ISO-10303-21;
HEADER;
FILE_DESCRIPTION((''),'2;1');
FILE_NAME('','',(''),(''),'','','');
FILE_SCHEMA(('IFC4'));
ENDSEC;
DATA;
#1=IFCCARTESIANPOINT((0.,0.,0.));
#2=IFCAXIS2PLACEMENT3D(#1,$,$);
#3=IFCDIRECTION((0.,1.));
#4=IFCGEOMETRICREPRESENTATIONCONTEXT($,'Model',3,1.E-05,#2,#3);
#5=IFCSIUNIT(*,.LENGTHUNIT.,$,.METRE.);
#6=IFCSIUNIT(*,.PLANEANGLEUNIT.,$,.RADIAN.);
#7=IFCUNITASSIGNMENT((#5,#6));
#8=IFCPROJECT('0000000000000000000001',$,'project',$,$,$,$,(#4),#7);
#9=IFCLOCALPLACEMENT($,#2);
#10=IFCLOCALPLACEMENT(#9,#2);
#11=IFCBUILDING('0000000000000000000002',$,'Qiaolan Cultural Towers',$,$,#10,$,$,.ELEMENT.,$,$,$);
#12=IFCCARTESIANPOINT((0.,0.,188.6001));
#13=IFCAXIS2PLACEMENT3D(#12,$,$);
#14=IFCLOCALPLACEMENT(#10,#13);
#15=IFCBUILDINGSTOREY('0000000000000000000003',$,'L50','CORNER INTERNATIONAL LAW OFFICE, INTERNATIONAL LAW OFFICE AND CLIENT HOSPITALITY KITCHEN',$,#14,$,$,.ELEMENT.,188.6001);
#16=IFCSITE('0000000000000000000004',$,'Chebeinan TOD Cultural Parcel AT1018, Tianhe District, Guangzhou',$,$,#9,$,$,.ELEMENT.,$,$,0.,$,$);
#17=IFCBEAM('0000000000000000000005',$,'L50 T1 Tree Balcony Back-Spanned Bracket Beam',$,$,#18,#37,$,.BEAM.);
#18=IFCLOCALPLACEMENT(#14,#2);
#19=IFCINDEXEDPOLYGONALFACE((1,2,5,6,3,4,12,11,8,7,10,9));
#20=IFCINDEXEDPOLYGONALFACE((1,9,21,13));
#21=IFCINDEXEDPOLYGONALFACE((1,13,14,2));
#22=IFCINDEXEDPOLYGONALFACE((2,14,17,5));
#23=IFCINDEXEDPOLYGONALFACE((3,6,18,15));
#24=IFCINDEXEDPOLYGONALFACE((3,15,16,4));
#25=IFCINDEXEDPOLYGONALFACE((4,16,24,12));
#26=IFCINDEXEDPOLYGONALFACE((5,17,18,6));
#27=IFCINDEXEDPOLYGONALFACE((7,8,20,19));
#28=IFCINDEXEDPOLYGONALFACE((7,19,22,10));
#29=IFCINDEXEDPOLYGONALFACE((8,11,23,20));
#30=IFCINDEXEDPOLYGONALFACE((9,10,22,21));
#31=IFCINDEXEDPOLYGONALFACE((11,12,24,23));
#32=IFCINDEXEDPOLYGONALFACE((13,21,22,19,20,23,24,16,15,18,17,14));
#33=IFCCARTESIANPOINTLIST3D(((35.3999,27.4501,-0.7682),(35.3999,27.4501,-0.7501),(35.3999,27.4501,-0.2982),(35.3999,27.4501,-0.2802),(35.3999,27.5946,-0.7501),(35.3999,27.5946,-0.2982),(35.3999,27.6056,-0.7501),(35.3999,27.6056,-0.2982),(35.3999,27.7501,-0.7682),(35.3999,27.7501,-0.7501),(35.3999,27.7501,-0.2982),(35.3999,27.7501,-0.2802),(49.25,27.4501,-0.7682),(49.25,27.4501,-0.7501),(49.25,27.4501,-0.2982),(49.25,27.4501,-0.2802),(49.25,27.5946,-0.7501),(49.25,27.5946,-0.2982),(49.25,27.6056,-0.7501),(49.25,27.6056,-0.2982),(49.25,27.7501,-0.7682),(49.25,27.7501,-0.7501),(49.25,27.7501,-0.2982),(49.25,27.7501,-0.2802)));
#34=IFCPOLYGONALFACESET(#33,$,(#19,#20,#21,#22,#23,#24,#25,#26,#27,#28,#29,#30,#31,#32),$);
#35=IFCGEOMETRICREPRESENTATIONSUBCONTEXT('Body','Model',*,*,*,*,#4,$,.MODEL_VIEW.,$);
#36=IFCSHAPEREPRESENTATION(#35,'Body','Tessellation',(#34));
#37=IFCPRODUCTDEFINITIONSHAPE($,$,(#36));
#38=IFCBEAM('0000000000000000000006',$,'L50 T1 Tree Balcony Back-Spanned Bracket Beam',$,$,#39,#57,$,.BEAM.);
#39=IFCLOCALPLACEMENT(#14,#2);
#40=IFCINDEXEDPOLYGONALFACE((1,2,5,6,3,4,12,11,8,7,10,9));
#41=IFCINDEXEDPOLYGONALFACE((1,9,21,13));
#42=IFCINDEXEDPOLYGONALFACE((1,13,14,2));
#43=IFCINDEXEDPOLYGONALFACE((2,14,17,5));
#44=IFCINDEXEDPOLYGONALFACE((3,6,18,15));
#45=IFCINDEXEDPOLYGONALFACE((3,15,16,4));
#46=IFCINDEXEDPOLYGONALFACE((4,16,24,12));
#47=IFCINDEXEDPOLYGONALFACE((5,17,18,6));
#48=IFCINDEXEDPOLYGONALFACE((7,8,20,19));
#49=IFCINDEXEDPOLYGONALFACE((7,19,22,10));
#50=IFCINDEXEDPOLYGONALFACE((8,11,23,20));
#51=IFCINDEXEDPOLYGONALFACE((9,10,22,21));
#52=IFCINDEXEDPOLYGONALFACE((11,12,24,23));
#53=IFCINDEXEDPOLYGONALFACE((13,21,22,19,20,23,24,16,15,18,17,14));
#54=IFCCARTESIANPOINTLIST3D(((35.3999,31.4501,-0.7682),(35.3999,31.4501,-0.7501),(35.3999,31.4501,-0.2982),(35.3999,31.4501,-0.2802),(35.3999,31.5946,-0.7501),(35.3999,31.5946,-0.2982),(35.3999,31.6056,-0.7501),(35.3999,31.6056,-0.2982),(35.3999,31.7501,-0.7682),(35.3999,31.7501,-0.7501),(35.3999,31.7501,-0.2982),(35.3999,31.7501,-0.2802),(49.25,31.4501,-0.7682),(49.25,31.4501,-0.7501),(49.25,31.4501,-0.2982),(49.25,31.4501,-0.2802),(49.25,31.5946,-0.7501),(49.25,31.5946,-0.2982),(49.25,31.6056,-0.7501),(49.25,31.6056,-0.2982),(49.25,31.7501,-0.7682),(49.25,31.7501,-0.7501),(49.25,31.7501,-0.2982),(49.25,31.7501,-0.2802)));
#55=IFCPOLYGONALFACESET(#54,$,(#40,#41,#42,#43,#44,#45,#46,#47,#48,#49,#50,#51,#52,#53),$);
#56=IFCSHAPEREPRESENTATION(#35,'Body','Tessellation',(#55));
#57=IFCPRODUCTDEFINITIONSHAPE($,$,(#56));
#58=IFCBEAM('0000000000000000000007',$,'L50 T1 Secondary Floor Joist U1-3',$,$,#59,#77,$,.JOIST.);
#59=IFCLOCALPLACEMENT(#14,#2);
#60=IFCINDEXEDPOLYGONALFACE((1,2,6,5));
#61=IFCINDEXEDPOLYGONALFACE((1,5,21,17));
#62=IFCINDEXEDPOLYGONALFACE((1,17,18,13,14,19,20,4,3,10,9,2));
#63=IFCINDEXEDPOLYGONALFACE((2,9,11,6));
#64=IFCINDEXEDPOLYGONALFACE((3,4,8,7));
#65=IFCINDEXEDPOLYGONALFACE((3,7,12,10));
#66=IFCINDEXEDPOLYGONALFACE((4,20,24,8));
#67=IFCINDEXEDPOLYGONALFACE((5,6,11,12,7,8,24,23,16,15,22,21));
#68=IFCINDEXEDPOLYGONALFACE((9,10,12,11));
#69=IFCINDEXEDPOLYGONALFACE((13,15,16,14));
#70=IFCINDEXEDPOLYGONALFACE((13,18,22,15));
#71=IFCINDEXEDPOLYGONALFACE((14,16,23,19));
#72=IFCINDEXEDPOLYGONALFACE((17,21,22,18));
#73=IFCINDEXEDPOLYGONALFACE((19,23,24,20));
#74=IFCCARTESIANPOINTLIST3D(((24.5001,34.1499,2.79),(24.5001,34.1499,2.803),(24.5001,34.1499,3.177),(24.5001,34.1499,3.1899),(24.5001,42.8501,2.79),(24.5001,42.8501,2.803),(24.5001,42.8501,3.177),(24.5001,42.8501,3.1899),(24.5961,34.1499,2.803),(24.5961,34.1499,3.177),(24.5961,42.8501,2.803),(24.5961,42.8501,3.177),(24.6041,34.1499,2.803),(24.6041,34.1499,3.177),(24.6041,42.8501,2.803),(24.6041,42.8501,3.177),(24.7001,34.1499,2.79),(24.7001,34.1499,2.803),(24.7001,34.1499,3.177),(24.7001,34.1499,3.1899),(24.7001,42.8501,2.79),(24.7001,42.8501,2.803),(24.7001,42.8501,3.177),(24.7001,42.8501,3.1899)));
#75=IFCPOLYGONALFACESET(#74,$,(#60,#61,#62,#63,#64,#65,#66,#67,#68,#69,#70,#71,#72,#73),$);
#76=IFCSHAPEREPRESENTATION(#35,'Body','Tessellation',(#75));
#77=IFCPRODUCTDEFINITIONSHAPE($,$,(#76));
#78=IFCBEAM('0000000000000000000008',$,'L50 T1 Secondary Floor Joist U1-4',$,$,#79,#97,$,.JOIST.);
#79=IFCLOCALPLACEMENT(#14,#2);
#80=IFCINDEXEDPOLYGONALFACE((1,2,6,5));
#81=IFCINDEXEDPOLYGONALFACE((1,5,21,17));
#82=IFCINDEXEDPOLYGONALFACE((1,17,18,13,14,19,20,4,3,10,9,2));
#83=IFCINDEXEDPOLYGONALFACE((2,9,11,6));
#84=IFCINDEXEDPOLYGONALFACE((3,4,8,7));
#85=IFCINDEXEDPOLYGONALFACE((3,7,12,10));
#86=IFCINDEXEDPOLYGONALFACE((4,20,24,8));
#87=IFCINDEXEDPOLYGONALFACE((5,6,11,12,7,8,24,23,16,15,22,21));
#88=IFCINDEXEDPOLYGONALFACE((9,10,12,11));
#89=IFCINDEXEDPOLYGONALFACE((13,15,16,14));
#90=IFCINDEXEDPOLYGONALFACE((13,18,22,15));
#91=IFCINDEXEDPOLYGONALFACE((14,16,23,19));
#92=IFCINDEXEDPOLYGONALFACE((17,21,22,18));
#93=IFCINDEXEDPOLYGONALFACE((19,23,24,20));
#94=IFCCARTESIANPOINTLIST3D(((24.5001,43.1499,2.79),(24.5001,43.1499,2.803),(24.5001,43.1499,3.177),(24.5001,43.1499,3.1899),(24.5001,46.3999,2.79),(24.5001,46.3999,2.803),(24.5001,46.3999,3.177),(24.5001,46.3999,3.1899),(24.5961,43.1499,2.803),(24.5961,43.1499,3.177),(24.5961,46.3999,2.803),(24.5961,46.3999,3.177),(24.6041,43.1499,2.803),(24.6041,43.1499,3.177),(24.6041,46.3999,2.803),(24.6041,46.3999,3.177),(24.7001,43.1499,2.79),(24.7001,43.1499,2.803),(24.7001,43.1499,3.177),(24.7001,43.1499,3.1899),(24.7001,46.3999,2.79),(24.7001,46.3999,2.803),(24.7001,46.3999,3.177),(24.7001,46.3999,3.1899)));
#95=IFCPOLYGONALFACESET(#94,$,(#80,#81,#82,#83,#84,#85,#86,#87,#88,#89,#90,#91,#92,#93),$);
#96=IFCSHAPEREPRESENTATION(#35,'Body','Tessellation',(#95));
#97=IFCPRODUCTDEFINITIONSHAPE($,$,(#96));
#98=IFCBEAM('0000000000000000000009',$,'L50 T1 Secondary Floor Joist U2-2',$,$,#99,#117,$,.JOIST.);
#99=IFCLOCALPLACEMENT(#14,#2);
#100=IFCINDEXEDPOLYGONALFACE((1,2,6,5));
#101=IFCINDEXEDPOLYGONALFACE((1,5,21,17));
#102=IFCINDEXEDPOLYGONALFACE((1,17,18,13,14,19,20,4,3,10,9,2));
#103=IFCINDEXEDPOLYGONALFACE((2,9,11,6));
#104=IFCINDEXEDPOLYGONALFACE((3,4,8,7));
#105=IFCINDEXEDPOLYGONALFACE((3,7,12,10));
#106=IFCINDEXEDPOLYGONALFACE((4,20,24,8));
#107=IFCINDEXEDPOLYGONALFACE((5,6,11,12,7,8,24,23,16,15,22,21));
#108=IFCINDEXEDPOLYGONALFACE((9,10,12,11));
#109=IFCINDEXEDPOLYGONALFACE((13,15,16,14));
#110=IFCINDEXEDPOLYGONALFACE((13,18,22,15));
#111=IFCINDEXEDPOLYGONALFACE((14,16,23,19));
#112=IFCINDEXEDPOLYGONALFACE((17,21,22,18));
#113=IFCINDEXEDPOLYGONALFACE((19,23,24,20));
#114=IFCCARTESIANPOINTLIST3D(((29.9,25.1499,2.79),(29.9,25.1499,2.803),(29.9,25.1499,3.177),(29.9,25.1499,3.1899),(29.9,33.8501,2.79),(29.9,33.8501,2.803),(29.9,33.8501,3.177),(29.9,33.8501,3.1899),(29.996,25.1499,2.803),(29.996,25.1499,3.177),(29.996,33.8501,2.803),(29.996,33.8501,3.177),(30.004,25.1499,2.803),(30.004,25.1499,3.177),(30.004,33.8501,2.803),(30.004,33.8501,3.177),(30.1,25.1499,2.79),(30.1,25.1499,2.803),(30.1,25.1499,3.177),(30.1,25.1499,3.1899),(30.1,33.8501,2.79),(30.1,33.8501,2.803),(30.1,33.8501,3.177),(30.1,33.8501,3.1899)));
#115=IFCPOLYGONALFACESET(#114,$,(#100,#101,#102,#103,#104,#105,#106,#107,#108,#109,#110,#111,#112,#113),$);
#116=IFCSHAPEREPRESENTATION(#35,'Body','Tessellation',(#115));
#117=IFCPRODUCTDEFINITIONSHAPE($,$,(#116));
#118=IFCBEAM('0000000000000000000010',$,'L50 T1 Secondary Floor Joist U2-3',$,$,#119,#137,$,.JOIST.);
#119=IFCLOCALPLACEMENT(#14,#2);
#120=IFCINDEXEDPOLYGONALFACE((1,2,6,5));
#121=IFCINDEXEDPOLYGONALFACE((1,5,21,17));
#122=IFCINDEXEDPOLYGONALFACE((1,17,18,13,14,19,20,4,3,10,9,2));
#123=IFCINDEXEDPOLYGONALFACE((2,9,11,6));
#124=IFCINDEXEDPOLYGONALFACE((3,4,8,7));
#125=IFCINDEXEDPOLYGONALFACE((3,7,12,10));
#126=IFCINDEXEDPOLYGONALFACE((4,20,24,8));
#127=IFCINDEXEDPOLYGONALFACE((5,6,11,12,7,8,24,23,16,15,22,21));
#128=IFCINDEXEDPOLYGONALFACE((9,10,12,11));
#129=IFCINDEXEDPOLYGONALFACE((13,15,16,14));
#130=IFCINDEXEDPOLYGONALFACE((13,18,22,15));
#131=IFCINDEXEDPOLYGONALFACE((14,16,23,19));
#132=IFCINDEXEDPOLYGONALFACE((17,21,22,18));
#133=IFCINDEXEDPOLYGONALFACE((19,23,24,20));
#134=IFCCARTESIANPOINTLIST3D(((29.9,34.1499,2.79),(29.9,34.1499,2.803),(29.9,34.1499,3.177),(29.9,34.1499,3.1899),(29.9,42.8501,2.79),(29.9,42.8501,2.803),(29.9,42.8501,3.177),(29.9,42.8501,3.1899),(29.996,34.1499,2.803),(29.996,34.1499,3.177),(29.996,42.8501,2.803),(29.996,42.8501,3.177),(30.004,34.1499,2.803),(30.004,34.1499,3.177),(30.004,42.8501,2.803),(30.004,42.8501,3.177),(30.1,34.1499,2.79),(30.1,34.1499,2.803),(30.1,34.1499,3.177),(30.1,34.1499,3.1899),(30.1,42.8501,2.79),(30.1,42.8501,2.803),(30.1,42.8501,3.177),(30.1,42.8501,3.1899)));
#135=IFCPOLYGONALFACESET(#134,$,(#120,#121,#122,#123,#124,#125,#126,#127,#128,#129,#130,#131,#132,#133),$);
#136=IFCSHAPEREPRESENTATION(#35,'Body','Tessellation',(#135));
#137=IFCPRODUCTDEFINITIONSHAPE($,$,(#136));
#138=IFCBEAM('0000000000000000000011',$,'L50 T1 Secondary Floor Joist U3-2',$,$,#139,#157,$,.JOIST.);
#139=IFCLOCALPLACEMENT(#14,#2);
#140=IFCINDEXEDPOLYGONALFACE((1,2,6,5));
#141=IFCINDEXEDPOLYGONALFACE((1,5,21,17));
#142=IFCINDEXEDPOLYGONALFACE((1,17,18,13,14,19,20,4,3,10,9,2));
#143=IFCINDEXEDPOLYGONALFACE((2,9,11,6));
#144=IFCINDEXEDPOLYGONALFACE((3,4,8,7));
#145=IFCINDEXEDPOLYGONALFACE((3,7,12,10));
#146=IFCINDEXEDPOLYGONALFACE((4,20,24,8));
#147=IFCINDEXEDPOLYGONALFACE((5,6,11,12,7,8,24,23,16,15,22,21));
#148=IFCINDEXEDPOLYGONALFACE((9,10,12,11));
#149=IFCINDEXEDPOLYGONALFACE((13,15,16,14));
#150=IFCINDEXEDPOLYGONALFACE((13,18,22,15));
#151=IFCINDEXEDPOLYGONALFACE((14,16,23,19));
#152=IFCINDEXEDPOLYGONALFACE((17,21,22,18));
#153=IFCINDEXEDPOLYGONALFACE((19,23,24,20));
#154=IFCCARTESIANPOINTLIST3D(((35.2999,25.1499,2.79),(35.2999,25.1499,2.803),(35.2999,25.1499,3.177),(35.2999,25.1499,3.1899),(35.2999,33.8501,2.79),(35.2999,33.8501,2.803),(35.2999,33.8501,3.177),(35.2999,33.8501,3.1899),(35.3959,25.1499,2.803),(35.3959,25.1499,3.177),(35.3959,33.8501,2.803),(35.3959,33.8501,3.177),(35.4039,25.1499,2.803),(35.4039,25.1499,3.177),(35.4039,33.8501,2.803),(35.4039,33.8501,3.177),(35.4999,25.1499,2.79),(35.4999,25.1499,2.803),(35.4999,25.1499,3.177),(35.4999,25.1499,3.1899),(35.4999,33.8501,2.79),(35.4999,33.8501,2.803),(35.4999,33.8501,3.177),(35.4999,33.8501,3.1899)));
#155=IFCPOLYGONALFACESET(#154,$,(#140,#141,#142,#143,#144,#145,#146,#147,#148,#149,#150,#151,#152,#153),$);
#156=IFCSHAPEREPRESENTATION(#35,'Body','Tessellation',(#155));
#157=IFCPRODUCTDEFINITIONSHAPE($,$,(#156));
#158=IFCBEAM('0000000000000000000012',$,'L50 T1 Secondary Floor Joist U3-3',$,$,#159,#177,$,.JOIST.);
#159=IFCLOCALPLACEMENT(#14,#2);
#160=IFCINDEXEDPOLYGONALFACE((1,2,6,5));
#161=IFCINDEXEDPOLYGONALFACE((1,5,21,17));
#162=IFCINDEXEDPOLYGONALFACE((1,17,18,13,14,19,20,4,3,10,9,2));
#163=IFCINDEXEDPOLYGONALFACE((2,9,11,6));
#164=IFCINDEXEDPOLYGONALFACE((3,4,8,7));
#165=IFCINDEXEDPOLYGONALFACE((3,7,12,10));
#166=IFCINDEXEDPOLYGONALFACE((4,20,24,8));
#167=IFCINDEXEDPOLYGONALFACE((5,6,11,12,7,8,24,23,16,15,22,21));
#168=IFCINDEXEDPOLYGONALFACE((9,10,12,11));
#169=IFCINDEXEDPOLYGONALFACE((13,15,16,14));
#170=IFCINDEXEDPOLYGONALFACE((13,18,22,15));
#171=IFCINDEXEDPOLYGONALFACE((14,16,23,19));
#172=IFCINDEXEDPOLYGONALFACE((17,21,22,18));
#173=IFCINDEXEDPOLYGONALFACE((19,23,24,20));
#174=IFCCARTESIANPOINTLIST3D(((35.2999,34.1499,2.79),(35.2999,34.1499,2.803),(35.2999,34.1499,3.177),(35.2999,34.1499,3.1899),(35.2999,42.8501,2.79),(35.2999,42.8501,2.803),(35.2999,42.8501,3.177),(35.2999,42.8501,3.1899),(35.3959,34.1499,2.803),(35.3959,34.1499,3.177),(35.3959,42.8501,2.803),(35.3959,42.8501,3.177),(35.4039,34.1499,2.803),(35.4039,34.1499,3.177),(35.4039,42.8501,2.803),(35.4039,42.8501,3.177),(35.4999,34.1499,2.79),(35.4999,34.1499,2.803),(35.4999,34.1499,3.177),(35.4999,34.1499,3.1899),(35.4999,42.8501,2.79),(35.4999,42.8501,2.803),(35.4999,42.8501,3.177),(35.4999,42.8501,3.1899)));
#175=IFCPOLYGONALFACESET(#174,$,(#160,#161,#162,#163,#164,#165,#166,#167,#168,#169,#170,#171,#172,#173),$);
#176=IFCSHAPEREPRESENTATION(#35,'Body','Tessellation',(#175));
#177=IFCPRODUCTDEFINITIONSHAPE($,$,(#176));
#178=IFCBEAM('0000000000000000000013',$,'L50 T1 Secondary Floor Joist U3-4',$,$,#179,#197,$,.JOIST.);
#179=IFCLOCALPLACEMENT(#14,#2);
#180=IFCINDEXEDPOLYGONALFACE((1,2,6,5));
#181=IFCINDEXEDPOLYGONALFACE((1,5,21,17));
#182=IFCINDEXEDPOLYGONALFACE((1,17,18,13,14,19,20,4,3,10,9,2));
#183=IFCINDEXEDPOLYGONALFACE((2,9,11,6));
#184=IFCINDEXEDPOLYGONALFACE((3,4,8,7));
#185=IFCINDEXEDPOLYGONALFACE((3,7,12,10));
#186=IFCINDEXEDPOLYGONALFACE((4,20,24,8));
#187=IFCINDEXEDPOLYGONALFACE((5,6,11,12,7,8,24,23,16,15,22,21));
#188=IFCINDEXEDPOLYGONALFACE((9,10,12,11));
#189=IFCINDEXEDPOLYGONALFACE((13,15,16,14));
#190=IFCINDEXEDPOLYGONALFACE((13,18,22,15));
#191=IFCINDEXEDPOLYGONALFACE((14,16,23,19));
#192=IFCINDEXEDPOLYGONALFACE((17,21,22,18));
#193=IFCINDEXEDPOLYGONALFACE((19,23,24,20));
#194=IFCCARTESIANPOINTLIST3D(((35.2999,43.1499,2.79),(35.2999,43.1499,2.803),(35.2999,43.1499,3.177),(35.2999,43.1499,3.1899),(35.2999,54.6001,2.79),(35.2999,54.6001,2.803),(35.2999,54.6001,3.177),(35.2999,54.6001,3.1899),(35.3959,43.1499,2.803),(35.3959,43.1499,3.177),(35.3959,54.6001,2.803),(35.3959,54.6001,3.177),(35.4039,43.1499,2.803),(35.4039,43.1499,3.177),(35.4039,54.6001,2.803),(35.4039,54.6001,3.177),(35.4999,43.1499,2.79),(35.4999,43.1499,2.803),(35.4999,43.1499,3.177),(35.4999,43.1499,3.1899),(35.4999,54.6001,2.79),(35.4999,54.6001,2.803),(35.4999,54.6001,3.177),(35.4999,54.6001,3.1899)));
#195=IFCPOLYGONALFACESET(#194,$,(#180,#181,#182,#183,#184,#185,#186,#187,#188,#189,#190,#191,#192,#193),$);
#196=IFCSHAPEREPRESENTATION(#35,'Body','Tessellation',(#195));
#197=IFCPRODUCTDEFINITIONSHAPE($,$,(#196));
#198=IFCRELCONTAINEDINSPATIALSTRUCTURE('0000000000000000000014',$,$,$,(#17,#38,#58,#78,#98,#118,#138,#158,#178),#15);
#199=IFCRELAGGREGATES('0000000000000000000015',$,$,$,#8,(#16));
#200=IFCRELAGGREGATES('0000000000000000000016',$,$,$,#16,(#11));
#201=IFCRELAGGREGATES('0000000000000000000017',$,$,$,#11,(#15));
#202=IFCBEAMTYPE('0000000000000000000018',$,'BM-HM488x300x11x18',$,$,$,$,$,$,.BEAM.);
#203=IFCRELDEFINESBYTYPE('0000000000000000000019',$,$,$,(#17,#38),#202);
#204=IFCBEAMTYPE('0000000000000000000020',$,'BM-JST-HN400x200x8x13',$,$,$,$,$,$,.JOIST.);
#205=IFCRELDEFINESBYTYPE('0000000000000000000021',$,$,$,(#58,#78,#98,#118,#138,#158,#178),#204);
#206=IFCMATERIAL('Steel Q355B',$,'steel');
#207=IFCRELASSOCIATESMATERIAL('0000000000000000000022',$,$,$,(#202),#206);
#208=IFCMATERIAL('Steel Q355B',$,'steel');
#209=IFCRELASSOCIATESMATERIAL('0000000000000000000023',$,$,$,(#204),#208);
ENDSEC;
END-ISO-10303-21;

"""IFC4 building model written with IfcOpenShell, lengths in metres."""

from ifc_helpers import new_model, si_unit, direction, frame, origin, origin_2d, place, context, subcontext, project, spatial, i_section, extrude, material, material_profile, profile_set, type_object, element, save


model = new_model("IFC4")

# Units and contexts
model_context = context("Model", 3, precision=1e-05, world=origin(), true_north=direction((0.0, 1.0)))
body_context = subcontext(model_context, "Body", "Model", "MODEL_VIEW")
ifc_project = project(units=[si_unit("LENGTHUNIT", "METRE"), si_unit("PLANEANGLEUNIT", "RADIAN")], contexts=[model_context])

# Site, building, storey
site_placement = place(None, origin())
site = spatial("IfcSite", under=ifc_project, at=site_placement, Name="Chebeinan TOD Cultural Parcel AT1018, Tianhe District, Guangzhou", CompositionType="ELEMENT", RefElevation=0.0)
building_placement = place(site_placement, origin())
building = spatial("IfcBuilding", under=site, at=building_placement, Name="Qiaolan Cultural Towers", CompositionType="ELEMENT")
storey_placement = place(building_placement, frame((0.0, 0.0, 188.6001)))
storey = spatial("IfcBuildingStorey", under=building, at=storey_placement, Name="L50", Description="CORNER INTERNATIONAL LAW OFFICE, INTERNATIONAL LAW OFFICE AND CLIENT HOSPITALITY KITCHEN", CompositionType="ELEMENT", Elevation=188.6001)

# Beams
ifc_material_1 = material(Name="Steel Q355B", Category="steel")
ifc_material_profile_1 = material_profile(ifc_material_1, i_section(OverallWidth=0.3, OverallDepth=0.488, WebThickness=0.011, FlangeThickness=0.0181, at=origin_2d()), Name="HM488x300x11x18")
ifc_profile_set_1 = profile_set([ifc_material_profile_1], Name="Steel Q355B")
beam_type_1 = type_object("IfcBeamType", Name="BM-HM488x300x11x18", PredefinedType="BEAM", material=ifc_profile_set_1)
for number, where, z_axis, x_axis, name in (
    (1, (35.3999, 27.6001, -0.5242), (1.0, 0.0, 0.0), (0.0, 1.0, 0.0), "L50 T1 Tree Balcony Back-Spanned Bracket Beam"),
    (2, (35.3999, 31.6001, -0.5242), (1.0, 0.0, 0.0), (0.0, 1.0, 0.0), "L50 T1 Tree Balcony Back-Spanned Bracket Beam"),
):
    element("IfcBeam", number, at=place(storey_placement, frame(where, z_axis=z_axis, x_axis=x_axis)), inside=storey, type_object=beam_type_1, Name=name, PredefinedType="BEAM", context=body_context, shape_type="SweptSolid", body=[
        extrude(i_section(OverallWidth=0.3, OverallDepth=0.488, WebThickness=0.011, FlangeThickness=0.0181, at=origin_2d()), origin(), (0.0, 0.0, 1.0), 13.8501),
    ])
ifc_material_2 = material(Name="Steel Q355B", Category="steel")
ifc_material_profile_2 = material_profile(ifc_material_2, i_section(OverallWidth=0.2, OverallDepth=0.3999, WebThickness=0.0081, FlangeThickness=0.0129, at=origin_2d()), Name="HN400x200x8x13")
ifc_profile_set_2 = profile_set([ifc_material_profile_2], Name="Steel Q355B")
beam_type_2 = type_object("IfcBeamType", Name="BM-JST-HN400x200x8x13", PredefinedType="JOIST", material=ifc_profile_set_2)
beam_1_placement = place(storey_placement, frame((24.6001, 34.1499, 2.99), z_axis=(0.0, 1.0, 0.0), x_axis=(-1.0, 0.0, 0.0)))
element("IfcBeam", 3, at=beam_1_placement, inside=storey, type_object=beam_type_2, Name="L50 T1 Secondary Floor Joist U1-3", PredefinedType="JOIST", context=body_context, shape_type="SweptSolid", body=[
    extrude(i_section(OverallWidth=0.2, OverallDepth=0.3999, WebThickness=0.0081, FlangeThickness=0.0129, at=origin_2d()), origin(), (0.0, 0.0, 1.0), 8.7002),
])
beam_2_placement = place(storey_placement, frame((24.6001, 43.1499, 2.99), z_axis=(0.0, 1.0, 0.0), x_axis=(-1.0, 0.0, 0.0)))
element("IfcBeam", 4, at=beam_2_placement, inside=storey, type_object=beam_type_2, Name="L50 T1 Secondary Floor Joist U1-4", PredefinedType="JOIST", context=body_context, shape_type="SweptSolid", body=[
    extrude(i_section(OverallWidth=0.2, OverallDepth=0.3999, WebThickness=0.0081, FlangeThickness=0.0129, at=origin_2d()), origin(), (0.0, 0.0, 1.0), 3.25),
])
for number, where, z_axis, x_axis, name in (
    (5, (30.0, 25.1499, 2.99), (0.0, 1.0, 0.0), (-1.0, 0.0, 0.0), "L50 T1 Secondary Floor Joist U2-2"),
    (6, (30.0, 34.1499, 2.99), (0.0, 1.0, 0.0), (-1.0, 0.0, 0.0), "L50 T1 Secondary Floor Joist U2-3"),
    (7, (35.3999, 25.1499, 2.99), (0.0, 1.0, 0.0), (-1.0, 0.0, 0.0), "L50 T1 Secondary Floor Joist U3-2"),
    (8, (35.3999, 34.1499, 2.99), (0.0, 1.0, 0.0), (-1.0, 0.0, 0.0), "L50 T1 Secondary Floor Joist U3-3"),
):
    element("IfcBeam", number, at=place(storey_placement, frame(where, z_axis=z_axis, x_axis=x_axis)), inside=storey, type_object=beam_type_2, Name=name, PredefinedType="JOIST", context=body_context, shape_type="SweptSolid", body=[
        extrude(i_section(OverallWidth=0.2, OverallDepth=0.3999, WebThickness=0.0081, FlangeThickness=0.0129, at=origin_2d()), origin(), (0.0, 0.0, 1.0), 8.7002),
    ])
beam_3_placement = place(storey_placement, frame((35.3999, 43.1499, 2.99), z_axis=(0.0, 1.0, 0.0), x_axis=(-1.0, 0.0, 0.0)))
element("IfcBeam", 9, at=beam_3_placement, inside=storey, type_object=beam_type_2, Name="L50 T1 Secondary Floor Joist U3-4", PredefinedType="JOIST", context=body_context, shape_type="SweptSolid", body=[
    extrude(i_section(OverallWidth=0.2, OverallDepth=0.3999, WebThickness=0.0081, FlangeThickness=0.0129, at=origin_2d()), origin(), (0.0, 0.0, 1.0), 11.4502),
])

save(model, "model.ifc")
